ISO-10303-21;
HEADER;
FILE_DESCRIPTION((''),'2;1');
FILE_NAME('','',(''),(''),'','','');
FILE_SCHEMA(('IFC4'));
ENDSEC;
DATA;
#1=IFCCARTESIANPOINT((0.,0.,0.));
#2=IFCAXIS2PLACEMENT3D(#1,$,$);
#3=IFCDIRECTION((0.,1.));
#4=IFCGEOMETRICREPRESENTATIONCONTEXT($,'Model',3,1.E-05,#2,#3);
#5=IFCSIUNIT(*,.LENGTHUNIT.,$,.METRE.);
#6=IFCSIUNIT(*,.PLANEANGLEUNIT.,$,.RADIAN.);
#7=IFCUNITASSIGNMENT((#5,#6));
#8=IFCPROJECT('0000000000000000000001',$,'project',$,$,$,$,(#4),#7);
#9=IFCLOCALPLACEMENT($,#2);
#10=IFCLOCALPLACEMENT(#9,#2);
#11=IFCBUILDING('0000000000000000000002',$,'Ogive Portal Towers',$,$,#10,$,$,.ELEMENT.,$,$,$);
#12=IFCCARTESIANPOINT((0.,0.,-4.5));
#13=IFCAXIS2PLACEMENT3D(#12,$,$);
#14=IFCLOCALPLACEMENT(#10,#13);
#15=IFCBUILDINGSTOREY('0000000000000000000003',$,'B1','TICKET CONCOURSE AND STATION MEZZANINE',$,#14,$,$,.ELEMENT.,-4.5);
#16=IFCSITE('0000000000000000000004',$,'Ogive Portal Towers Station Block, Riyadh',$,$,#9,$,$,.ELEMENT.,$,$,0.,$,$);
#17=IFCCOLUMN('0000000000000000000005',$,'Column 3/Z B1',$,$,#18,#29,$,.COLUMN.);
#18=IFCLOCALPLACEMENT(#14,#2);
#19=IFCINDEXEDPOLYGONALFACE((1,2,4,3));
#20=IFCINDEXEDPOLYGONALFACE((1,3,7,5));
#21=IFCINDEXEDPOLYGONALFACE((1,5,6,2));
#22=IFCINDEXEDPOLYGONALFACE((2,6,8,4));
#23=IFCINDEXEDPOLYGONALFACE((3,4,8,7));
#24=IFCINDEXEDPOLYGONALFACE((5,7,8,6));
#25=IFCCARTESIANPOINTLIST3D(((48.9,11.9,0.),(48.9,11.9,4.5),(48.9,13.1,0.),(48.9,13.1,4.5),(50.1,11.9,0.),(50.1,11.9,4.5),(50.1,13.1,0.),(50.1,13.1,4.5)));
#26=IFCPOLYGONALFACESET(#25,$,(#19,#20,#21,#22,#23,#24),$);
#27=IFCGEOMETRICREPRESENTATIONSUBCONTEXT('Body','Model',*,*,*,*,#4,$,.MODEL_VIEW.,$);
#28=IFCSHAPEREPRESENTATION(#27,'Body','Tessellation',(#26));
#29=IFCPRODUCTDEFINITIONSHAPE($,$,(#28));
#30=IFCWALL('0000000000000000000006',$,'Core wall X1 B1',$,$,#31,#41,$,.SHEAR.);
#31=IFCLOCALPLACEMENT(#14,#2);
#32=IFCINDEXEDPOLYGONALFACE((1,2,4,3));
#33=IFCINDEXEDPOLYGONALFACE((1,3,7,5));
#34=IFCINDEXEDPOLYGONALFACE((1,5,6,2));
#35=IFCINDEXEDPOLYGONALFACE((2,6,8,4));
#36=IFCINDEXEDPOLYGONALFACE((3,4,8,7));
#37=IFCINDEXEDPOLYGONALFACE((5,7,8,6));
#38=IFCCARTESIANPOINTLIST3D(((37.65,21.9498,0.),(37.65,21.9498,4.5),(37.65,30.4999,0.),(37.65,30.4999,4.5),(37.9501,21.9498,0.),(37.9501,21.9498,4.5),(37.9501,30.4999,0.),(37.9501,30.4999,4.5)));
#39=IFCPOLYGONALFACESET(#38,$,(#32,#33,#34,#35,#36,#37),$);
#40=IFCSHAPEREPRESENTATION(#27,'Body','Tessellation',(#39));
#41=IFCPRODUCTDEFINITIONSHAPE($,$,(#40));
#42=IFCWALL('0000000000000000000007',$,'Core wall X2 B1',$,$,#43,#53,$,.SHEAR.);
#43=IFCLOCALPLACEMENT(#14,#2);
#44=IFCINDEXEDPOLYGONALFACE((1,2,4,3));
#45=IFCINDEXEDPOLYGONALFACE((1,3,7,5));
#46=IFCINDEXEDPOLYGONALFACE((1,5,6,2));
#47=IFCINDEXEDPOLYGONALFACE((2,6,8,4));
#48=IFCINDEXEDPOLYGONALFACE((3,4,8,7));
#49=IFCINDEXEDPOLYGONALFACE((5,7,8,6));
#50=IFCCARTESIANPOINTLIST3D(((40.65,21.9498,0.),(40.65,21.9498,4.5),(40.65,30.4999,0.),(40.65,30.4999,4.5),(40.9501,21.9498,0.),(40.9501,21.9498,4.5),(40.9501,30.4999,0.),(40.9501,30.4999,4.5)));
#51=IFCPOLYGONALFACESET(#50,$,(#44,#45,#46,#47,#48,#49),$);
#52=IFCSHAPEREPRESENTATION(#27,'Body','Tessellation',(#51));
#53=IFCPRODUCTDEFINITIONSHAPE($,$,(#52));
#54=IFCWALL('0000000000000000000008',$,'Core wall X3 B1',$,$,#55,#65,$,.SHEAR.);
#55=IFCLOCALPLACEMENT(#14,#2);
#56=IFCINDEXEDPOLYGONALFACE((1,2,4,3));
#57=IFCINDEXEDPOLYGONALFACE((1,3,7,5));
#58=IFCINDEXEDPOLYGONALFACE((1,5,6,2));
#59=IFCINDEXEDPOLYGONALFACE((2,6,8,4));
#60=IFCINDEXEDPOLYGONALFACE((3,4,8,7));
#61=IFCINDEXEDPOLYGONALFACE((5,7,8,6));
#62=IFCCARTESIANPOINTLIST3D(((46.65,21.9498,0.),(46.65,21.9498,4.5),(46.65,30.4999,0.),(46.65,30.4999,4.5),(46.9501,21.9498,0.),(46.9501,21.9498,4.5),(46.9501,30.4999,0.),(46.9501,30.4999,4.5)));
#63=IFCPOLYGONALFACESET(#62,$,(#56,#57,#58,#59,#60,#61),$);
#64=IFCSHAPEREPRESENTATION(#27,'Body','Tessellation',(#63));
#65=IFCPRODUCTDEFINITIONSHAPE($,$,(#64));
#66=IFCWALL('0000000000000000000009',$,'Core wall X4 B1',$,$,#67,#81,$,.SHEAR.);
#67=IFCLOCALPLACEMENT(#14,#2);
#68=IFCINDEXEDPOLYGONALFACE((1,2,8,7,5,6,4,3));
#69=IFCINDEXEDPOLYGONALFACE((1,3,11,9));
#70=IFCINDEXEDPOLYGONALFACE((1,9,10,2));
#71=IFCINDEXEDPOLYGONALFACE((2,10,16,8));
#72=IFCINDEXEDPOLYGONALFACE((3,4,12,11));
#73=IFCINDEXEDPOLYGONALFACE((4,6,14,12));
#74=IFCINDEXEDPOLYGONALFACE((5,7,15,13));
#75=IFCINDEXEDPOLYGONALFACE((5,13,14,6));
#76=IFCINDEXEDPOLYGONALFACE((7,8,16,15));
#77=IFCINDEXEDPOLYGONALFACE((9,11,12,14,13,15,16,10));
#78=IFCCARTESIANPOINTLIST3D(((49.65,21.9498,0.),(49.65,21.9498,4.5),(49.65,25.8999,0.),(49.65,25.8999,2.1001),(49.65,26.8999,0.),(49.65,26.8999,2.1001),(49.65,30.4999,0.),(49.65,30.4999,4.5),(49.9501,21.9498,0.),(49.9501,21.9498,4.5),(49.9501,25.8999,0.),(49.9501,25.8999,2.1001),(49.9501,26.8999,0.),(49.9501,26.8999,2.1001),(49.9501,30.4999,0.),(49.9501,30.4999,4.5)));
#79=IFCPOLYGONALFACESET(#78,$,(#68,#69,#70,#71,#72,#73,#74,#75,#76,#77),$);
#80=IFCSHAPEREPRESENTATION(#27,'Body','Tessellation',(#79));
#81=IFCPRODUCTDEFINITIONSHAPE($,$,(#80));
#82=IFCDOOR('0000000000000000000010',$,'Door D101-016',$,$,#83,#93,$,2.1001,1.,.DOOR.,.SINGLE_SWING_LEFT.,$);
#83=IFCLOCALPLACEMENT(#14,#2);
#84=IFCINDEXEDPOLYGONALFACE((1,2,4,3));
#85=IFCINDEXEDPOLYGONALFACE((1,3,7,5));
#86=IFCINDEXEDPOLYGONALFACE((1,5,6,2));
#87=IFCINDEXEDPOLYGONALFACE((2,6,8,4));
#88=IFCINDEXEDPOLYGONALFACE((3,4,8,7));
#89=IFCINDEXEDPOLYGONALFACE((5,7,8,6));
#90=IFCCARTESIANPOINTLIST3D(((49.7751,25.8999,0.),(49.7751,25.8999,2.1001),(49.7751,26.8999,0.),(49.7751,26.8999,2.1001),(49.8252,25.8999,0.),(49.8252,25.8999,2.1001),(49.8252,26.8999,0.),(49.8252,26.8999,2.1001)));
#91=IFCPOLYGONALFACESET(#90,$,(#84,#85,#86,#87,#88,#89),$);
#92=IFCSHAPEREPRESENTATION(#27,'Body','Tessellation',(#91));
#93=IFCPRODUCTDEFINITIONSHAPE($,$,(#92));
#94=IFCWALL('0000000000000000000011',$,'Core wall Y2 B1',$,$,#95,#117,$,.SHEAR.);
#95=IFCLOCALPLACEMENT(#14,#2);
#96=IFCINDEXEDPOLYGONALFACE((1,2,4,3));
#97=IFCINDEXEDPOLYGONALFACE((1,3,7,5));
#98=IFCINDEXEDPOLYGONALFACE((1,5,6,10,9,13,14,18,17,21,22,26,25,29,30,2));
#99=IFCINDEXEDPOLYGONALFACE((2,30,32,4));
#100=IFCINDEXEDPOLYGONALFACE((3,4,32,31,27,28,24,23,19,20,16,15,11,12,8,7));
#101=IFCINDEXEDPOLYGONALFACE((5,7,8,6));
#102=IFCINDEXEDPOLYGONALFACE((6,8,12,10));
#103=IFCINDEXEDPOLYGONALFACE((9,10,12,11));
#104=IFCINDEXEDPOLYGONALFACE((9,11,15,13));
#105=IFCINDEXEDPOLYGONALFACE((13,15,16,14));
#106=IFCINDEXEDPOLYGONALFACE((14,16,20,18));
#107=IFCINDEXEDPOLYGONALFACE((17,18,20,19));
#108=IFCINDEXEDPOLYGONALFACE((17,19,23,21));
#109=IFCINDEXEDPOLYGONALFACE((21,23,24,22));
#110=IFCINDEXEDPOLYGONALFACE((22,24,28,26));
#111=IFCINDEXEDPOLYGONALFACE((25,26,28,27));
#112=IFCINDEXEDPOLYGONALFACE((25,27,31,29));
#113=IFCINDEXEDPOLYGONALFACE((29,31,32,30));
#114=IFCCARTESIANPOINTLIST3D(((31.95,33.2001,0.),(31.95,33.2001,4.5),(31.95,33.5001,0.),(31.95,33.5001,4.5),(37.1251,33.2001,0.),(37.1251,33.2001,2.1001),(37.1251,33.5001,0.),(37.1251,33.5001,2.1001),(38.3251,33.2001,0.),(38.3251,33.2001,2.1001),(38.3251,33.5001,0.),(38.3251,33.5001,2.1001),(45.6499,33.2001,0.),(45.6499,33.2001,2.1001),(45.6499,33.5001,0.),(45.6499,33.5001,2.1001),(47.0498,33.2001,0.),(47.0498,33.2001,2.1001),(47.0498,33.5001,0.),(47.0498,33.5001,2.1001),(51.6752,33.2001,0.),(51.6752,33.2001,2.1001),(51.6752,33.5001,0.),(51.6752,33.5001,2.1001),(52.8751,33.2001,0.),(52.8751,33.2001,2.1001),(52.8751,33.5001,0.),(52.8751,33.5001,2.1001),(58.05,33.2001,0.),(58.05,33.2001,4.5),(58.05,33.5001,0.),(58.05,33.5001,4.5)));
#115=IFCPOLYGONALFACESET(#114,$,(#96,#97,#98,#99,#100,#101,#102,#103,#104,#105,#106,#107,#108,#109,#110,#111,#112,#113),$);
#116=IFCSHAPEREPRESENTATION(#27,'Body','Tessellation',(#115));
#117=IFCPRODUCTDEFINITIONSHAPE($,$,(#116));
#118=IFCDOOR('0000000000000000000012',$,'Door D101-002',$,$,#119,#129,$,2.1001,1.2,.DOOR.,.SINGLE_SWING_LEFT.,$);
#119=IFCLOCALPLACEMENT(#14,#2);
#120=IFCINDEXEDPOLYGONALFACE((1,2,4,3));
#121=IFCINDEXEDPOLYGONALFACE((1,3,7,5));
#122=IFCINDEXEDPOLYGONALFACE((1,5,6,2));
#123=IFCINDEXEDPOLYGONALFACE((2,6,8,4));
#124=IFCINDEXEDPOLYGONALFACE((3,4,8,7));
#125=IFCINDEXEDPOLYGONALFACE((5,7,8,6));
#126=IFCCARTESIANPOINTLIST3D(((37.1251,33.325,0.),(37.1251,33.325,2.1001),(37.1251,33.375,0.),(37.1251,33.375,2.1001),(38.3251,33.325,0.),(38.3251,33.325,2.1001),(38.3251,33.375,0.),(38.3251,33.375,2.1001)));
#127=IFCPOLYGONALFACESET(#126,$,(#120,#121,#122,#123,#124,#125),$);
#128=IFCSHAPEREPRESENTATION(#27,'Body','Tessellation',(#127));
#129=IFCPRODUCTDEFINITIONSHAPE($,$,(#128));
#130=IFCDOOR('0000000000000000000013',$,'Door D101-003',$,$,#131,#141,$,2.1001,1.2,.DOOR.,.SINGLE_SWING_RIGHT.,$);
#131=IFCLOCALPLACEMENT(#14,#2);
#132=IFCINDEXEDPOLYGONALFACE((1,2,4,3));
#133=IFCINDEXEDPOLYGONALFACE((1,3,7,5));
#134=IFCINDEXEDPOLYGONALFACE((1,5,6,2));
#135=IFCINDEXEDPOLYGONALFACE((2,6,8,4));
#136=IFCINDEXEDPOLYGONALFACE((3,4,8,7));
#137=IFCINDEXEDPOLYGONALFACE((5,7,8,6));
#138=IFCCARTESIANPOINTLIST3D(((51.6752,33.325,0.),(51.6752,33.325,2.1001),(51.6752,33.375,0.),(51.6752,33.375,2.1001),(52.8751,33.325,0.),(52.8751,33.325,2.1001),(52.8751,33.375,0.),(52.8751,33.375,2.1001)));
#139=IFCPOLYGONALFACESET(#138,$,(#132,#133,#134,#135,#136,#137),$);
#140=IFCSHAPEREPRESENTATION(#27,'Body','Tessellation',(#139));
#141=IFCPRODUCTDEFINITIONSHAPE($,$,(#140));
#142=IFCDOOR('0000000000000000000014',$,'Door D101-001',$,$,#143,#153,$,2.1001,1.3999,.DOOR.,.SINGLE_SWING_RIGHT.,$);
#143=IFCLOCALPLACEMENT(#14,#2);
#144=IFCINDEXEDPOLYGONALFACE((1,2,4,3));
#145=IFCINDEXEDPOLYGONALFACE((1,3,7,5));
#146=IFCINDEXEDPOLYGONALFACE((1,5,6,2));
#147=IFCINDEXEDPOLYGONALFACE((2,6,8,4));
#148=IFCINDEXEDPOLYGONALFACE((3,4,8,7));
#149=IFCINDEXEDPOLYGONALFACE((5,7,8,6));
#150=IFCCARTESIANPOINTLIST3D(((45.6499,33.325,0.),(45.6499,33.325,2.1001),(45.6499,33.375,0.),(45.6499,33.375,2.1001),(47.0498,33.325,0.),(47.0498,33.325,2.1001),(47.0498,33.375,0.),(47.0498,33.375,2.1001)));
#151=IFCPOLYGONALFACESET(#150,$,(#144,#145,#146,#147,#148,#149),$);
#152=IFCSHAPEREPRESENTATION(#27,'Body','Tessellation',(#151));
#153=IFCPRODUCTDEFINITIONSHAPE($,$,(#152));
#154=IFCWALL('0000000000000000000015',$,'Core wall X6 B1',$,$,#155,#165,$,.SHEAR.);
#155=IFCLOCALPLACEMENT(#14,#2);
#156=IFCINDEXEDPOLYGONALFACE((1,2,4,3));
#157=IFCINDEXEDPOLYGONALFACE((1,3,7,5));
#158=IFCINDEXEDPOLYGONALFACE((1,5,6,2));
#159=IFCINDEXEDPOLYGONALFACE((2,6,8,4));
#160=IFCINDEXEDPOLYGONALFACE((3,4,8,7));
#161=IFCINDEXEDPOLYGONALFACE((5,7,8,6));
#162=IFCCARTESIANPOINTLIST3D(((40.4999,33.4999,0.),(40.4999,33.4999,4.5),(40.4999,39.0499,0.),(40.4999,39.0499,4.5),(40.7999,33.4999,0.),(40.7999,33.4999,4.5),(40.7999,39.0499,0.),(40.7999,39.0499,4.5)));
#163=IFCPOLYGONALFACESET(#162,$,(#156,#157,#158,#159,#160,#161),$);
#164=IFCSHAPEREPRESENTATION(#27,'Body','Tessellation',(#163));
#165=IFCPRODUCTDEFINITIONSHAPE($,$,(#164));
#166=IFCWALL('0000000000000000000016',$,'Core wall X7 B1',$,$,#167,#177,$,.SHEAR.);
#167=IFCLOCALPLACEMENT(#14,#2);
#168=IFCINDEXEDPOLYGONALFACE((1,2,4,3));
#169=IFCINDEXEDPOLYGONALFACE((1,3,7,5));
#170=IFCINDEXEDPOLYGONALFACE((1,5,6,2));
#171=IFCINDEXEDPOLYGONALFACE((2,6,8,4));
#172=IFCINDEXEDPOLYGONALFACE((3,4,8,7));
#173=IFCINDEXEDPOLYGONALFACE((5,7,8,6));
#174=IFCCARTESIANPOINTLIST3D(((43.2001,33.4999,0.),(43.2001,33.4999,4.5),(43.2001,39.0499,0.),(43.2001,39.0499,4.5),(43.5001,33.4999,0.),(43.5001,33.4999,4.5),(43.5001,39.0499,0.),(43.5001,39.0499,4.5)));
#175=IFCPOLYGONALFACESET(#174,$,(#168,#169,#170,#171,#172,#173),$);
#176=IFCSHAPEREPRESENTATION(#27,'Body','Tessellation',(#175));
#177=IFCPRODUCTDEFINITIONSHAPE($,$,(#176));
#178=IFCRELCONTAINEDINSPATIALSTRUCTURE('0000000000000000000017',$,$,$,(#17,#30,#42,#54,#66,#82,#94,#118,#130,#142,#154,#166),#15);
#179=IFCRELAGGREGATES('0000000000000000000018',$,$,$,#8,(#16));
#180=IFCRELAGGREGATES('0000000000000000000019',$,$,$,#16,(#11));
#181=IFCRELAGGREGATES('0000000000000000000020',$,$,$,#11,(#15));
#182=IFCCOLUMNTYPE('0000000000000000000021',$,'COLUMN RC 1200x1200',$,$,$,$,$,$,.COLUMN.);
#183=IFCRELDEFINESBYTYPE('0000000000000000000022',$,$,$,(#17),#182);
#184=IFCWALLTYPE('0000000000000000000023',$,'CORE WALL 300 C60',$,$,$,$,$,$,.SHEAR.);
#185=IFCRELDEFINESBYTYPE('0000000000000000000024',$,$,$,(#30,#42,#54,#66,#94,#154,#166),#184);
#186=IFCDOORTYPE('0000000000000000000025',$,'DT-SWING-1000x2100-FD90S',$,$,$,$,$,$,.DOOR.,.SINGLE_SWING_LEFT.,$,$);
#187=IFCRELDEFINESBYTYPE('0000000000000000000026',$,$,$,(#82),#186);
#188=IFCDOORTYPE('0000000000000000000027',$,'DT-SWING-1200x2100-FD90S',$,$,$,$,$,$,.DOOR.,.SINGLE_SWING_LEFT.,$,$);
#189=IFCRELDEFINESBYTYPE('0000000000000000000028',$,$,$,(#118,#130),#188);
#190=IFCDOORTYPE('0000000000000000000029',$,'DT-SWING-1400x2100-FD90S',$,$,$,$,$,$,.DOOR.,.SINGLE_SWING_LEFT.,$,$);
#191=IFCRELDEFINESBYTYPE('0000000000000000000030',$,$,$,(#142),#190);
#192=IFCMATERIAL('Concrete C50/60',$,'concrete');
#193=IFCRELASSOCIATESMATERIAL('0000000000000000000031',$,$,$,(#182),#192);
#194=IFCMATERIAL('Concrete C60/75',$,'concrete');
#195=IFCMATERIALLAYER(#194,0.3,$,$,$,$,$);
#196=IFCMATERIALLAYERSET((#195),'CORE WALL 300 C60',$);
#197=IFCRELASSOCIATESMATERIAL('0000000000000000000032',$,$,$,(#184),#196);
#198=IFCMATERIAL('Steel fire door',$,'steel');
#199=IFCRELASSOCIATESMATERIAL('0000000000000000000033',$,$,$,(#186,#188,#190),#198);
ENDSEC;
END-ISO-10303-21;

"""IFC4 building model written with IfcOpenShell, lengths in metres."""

from ifc_helpers import new_model, si_unit, direction, frame, frame_2d, origin, origin_2d, place, context, subcontext, project, spatial, rectangle, extrude, material, layer, layer_set, material_profile, profile_set, type_object, element, fill, save


model = new_model("IFC4")

# Units and contexts
model_context = context("Model", 3, precision=1e-05, world=origin(), true_north=direction((0.0, 1.0)))
body_context = subcontext(model_context, "Body", "Model", "MODEL_VIEW")
ifc_project = project(units=[si_unit("LENGTHUNIT", "METRE"), si_unit("PLANEANGLEUNIT", "RADIAN")], contexts=[model_context])

# Site, building, storey
site_placement = place(None, origin())
site = spatial("IfcSite", under=ifc_project, at=site_placement, Name="Ogive Portal Towers Station Block, Riyadh", CompositionType="ELEMENT", RefElevation=0.0)
building_placement = place(site_placement, origin())
building = spatial("IfcBuilding", under=site, at=building_placement, Name="Ogive Portal Towers", CompositionType="ELEMENT")
storey_placement = place(building_placement, frame((0.0, 0.0, -4.5)))
storey = spatial("IfcBuildingStorey", under=building, at=storey_placement, Name="B1", Description="TICKET CONCOURSE AND STATION MEZZANINE", CompositionType="ELEMENT", Elevation=-4.5)

# Column
ifc_material_1 = material(Name="Concrete C50/60", Category="concrete")
ifc_material_profile = material_profile(ifc_material_1, rectangle(XDim=1.2, YDim=1.2, at=origin_2d()), Name="RC 1200x1200")
ifc_profile_set = profile_set([ifc_material_profile], Name="Concrete C50/60")
column_type = type_object("IfcColumnType", Name="COLUMN RC 1200x1200", PredefinedType="COLUMN", material=ifc_profile_set)
column_placement = place(storey_placement, frame((49.5, 12.5, 0.0), z_axis=(0.0, 0.0, 1.0), x_axis=(1.0, 0.0, 0.0)))
element("IfcColumn", 1, at=column_placement, inside=storey, type_object=column_type, Name="Column 3/Z B1", PredefinedType="COLUMN", context=body_context, shape_type="SweptSolid", body=[
    extrude(rectangle(XDim=1.2, YDim=1.2, at=origin_2d()), origin(), (0.0, 0.0, 1.0), 4.5),
])

# Walls
ifc_material_2 = material(Name="Concrete C60/75", Category="concrete")
ifc_layer_1 = layer(ifc_material_2, 0.3)
ifc_layer_set_1 = layer_set([ifc_layer_1], Name="CORE WALL 300 C60")
wall_type_1 = type_object("IfcWallType", Name="CORE WALL 300 C60", PredefinedType="SHEAR", material=ifc_layer_set_1)
for number, where, z_axis, x_axis, name in (
    (2, (37.8, 21.95, 0.0), (0.0, 0.0, 1.0), (0.0, 1.0, 0.0), "Core wall X1 B1"),
    (3, (40.8, 21.95, 0.0), (0.0, 0.0, 1.0), (0.0, 1.0, 0.0), "Core wall X2 B1"),
    (4, (46.8, 21.95, 0.0), (0.0, 0.0, 1.0), (0.0, 1.0, 0.0), "Core wall X3 B1"),
):
    element("IfcWall", number, at=place(storey_placement, frame(where, z_axis=z_axis, x_axis=x_axis)), inside=storey, type_object=wall_type_1, Name=name, PredefinedType="SHEAR", context=body_context, shape_type="SweptSolid", body=[
        extrude(rectangle(XDim=8.55, YDim=0.3, at=frame_2d((4.2749, 0.0))), origin(), (0.0, 0.0, 1.0), 4.5),
    ])

# Wall, opening, door
wall_1_placement = place(storey_placement, frame((49.8, 21.95, 0.0), z_axis=(0.0, 0.0, 1.0), x_axis=(0.0, 1.0, 0.0)))
wall_1 = element("IfcWall", 5, at=wall_1_placement, inside=storey, type_object=wall_type_1, Name="Core wall X4 B1", PredefinedType="SHEAR", context=body_context, shape_type="SweptSolid", body=[
    extrude(rectangle(XDim=8.55, YDim=0.3, at=frame_2d((4.2749, 0.0))), origin(), (0.0, 0.0, 1.0), 4.5),
])
opening_1_placement = place(wall_1_placement, frame((3.95, 0.0, 0.0)))
opening_1 = element("IfcOpeningElement", 6, at=opening_1_placement, cuts=wall_1, PredefinedType="OPENING", context=body_context, shape_type="SweptSolid", body=[
    extrude(rectangle(XDim=1.0, YDim=2.1001, at=frame_2d((0.5, 1.05))), frame((0.0, 0.1602, 0.0), z_axis=(0.0, -1.0, 0.0), x_axis=(1.0, 0.0, 0.0)), (0.0, 0.0, 1.0), 0.3201),
])
ifc_material_3 = material(Name="Steel fire door", Category="steel")
door_type_1 = type_object("IfcDoorType", Name="DT-SWING-1000x2100-FD90S", OperationType="SINGLE_SWING_LEFT", PredefinedType="DOOR", material=ifc_material_3)
door_1_placement = place(opening_1_placement, origin())
door_1 = element("IfcDoor", 7, at=door_1_placement, inside=storey, type_object=door_type_1, Name="Door D101-016", OperationType="SINGLE_SWING_LEFT", OverallHeight=2.1001, OverallWidth=1.0, PredefinedType="DOOR", context=body_context, shape_type="SweptSolid", body=[
    extrude(rectangle(XDim=1.0, YDim=2.1001, at=frame_2d((0.5, 1.05))), frame((0.0, 0.0249, 0.0), z_axis=(0.0, -1.0, 0.0), x_axis=(1.0, 0.0, 0.0)), (0.0, 0.0, 1.0), 0.05),
])
fill(opening_1, door_1)

# Wall, openings, doors
wall_2_placement = place(storey_placement, frame((31.95, 33.3501, 0.0), z_axis=(0.0, 0.0, 1.0), x_axis=(1.0, 0.0, 0.0)))
wall_2 = element("IfcWall", 8, at=wall_2_placement, inside=storey, type_object=wall_type_1, Name="Core wall Y2 B1", PredefinedType="SHEAR", context=body_context, shape_type="SweptSolid", body=[
    extrude(rectangle(XDim=26.1001, YDim=0.3, at=frame_2d((13.05, 0.0))), origin(), (0.0, 0.0, 1.0), 4.5),
])
opening_2_placement = place(wall_2_placement, frame((13.7, 0.0, 0.0)))
opening_2 = element("IfcOpeningElement", 9, at=opening_2_placement, cuts=wall_2, PredefinedType="OPENING", context=body_context, shape_type="SweptSolid", body=[
    extrude(rectangle(XDim=1.3999, YDim=2.1001, at=frame_2d((0.7, 1.05))), frame((0.0, 0.1602, 0.0), z_axis=(0.0, -1.0, 0.0), x_axis=(1.0, 0.0, 0.0)), (0.0, 0.0, 1.0), 0.3201),
])
opening_3_placement = place(wall_2_placement, frame((5.175, 0.0, 0.0)))
opening_3 = element("IfcOpeningElement", 10, at=opening_3_placement, cuts=wall_2, PredefinedType="OPENING", context=body_context, shape_type="SweptSolid", body=[
    extrude(rectangle(XDim=1.2, YDim=2.1001, at=frame_2d((0.6001, 1.05))), frame((0.0, 0.1602, 0.0), z_axis=(0.0, -1.0, 0.0), x_axis=(1.0, 0.0, 0.0)), (0.0, 0.0, 1.0), 0.3201),
])
opening_4_placement = place(wall_2_placement, frame((19.7251, 0.0, 0.0)))
opening_4 = element("IfcOpeningElement", 11, at=opening_4_placement, cuts=wall_2, PredefinedType="OPENING", context=body_context, shape_type="SweptSolid", body=[
    extrude(rectangle(XDim=1.2, YDim=2.1001, at=frame_2d((0.6001, 1.05))), frame((0.0, 0.1602, 0.0), z_axis=(0.0, -1.0, 0.0), x_axis=(1.0, 0.0, 0.0)), (0.0, 0.0, 1.0), 0.3201),
])
door_type_2 = type_object("IfcDoorType", Name="DT-SWING-1200x2100-FD90S", OperationType="SINGLE_SWING_LEFT", PredefinedType="DOOR", material=ifc_material_3)
door_2_placement = place(opening_3_placement, origin())
door_2 = element("IfcDoor", 12, at=door_2_placement, inside=storey, type_object=door_type_2, Name="Door D101-002", OperationType="SINGLE_SWING_LEFT", OverallHeight=2.1001, OverallWidth=1.2, PredefinedType="DOOR", context=body_context, shape_type="SweptSolid", body=[
    extrude(rectangle(XDim=1.2, YDim=2.1001, at=frame_2d((0.6001, 1.05))), frame((0.0, 0.0249, 0.0), z_axis=(0.0, -1.0, 0.0), x_axis=(1.0, 0.0, 0.0)), (0.0, 0.0, 1.0), 0.05),
])
fill(opening_3, door_2)
door_3_placement = place(opening_4_placement, origin())
door_3 = element("IfcDoor", 13, at=door_3_placement, inside=storey, type_object=door_type_2, Name="Door D101-003", OperationType="SINGLE_SWING_RIGHT", OverallHeight=2.1001, OverallWidth=1.2, PredefinedType="DOOR", context=body_context, shape_type="SweptSolid", body=[
    extrude(rectangle(XDim=1.2, YDim=2.1001, at=frame_2d((0.6001, 1.05))), frame((0.0, 0.0249, 0.0), z_axis=(0.0, -1.0, 0.0), x_axis=(1.0, 0.0, 0.0)), (0.0, 0.0, 1.0), 0.05),
])
fill(opening_4, door_3)
door_type_3 = type_object("IfcDoorType", Name="DT-SWING-1400x2100-FD90S", OperationType="SINGLE_SWING_LEFT", PredefinedType="DOOR", material=ifc_material_3)
door_4_placement = place(opening_2_placement, origin())
door_4 = element("IfcDoor", 14, at=door_4_placement, inside=storey, type_object=door_type_3, Name="Door D101-001", OperationType="SINGLE_SWING_RIGHT", OverallHeight=2.1001, OverallWidth=1.3999, PredefinedType="DOOR", context=body_context, shape_type="SweptSolid", body=[
    extrude(rectangle(XDim=1.3999, YDim=2.1001, at=frame_2d((0.7, 1.05))), frame((0.0, 0.0249, 0.0), z_axis=(0.0, -1.0, 0.0), x_axis=(1.0, 0.0, 0.0)), (0.0, 0.0, 1.0), 0.05),
])
fill(opening_2, door_4)

# Walls
for number, where, z_axis, x_axis, name in (
    (15, (40.6499, 33.5, 0.0), (0.0, 0.0, 1.0), (0.0, 1.0, 0.0), "Core wall X6 B1"),
    (16, (43.3501, 33.5, 0.0), (0.0, 0.0, 1.0), (0.0, 1.0, 0.0), "Core wall X7 B1"),
):
    element("IfcWall", number, at=place(storey_placement, frame(where, z_axis=z_axis, x_axis=x_axis)), inside=storey, type_object=wall_type_1, Name=name, PredefinedType="SHEAR", context=body_context, shape_type="SweptSolid", body=[
        extrude(rectangle(XDim=5.55, YDim=0.3, at=frame_2d((2.7749, 0.0))), origin(), (0.0, 0.0, 1.0), 4.5),
    ])

save(model, "model.ifc")
